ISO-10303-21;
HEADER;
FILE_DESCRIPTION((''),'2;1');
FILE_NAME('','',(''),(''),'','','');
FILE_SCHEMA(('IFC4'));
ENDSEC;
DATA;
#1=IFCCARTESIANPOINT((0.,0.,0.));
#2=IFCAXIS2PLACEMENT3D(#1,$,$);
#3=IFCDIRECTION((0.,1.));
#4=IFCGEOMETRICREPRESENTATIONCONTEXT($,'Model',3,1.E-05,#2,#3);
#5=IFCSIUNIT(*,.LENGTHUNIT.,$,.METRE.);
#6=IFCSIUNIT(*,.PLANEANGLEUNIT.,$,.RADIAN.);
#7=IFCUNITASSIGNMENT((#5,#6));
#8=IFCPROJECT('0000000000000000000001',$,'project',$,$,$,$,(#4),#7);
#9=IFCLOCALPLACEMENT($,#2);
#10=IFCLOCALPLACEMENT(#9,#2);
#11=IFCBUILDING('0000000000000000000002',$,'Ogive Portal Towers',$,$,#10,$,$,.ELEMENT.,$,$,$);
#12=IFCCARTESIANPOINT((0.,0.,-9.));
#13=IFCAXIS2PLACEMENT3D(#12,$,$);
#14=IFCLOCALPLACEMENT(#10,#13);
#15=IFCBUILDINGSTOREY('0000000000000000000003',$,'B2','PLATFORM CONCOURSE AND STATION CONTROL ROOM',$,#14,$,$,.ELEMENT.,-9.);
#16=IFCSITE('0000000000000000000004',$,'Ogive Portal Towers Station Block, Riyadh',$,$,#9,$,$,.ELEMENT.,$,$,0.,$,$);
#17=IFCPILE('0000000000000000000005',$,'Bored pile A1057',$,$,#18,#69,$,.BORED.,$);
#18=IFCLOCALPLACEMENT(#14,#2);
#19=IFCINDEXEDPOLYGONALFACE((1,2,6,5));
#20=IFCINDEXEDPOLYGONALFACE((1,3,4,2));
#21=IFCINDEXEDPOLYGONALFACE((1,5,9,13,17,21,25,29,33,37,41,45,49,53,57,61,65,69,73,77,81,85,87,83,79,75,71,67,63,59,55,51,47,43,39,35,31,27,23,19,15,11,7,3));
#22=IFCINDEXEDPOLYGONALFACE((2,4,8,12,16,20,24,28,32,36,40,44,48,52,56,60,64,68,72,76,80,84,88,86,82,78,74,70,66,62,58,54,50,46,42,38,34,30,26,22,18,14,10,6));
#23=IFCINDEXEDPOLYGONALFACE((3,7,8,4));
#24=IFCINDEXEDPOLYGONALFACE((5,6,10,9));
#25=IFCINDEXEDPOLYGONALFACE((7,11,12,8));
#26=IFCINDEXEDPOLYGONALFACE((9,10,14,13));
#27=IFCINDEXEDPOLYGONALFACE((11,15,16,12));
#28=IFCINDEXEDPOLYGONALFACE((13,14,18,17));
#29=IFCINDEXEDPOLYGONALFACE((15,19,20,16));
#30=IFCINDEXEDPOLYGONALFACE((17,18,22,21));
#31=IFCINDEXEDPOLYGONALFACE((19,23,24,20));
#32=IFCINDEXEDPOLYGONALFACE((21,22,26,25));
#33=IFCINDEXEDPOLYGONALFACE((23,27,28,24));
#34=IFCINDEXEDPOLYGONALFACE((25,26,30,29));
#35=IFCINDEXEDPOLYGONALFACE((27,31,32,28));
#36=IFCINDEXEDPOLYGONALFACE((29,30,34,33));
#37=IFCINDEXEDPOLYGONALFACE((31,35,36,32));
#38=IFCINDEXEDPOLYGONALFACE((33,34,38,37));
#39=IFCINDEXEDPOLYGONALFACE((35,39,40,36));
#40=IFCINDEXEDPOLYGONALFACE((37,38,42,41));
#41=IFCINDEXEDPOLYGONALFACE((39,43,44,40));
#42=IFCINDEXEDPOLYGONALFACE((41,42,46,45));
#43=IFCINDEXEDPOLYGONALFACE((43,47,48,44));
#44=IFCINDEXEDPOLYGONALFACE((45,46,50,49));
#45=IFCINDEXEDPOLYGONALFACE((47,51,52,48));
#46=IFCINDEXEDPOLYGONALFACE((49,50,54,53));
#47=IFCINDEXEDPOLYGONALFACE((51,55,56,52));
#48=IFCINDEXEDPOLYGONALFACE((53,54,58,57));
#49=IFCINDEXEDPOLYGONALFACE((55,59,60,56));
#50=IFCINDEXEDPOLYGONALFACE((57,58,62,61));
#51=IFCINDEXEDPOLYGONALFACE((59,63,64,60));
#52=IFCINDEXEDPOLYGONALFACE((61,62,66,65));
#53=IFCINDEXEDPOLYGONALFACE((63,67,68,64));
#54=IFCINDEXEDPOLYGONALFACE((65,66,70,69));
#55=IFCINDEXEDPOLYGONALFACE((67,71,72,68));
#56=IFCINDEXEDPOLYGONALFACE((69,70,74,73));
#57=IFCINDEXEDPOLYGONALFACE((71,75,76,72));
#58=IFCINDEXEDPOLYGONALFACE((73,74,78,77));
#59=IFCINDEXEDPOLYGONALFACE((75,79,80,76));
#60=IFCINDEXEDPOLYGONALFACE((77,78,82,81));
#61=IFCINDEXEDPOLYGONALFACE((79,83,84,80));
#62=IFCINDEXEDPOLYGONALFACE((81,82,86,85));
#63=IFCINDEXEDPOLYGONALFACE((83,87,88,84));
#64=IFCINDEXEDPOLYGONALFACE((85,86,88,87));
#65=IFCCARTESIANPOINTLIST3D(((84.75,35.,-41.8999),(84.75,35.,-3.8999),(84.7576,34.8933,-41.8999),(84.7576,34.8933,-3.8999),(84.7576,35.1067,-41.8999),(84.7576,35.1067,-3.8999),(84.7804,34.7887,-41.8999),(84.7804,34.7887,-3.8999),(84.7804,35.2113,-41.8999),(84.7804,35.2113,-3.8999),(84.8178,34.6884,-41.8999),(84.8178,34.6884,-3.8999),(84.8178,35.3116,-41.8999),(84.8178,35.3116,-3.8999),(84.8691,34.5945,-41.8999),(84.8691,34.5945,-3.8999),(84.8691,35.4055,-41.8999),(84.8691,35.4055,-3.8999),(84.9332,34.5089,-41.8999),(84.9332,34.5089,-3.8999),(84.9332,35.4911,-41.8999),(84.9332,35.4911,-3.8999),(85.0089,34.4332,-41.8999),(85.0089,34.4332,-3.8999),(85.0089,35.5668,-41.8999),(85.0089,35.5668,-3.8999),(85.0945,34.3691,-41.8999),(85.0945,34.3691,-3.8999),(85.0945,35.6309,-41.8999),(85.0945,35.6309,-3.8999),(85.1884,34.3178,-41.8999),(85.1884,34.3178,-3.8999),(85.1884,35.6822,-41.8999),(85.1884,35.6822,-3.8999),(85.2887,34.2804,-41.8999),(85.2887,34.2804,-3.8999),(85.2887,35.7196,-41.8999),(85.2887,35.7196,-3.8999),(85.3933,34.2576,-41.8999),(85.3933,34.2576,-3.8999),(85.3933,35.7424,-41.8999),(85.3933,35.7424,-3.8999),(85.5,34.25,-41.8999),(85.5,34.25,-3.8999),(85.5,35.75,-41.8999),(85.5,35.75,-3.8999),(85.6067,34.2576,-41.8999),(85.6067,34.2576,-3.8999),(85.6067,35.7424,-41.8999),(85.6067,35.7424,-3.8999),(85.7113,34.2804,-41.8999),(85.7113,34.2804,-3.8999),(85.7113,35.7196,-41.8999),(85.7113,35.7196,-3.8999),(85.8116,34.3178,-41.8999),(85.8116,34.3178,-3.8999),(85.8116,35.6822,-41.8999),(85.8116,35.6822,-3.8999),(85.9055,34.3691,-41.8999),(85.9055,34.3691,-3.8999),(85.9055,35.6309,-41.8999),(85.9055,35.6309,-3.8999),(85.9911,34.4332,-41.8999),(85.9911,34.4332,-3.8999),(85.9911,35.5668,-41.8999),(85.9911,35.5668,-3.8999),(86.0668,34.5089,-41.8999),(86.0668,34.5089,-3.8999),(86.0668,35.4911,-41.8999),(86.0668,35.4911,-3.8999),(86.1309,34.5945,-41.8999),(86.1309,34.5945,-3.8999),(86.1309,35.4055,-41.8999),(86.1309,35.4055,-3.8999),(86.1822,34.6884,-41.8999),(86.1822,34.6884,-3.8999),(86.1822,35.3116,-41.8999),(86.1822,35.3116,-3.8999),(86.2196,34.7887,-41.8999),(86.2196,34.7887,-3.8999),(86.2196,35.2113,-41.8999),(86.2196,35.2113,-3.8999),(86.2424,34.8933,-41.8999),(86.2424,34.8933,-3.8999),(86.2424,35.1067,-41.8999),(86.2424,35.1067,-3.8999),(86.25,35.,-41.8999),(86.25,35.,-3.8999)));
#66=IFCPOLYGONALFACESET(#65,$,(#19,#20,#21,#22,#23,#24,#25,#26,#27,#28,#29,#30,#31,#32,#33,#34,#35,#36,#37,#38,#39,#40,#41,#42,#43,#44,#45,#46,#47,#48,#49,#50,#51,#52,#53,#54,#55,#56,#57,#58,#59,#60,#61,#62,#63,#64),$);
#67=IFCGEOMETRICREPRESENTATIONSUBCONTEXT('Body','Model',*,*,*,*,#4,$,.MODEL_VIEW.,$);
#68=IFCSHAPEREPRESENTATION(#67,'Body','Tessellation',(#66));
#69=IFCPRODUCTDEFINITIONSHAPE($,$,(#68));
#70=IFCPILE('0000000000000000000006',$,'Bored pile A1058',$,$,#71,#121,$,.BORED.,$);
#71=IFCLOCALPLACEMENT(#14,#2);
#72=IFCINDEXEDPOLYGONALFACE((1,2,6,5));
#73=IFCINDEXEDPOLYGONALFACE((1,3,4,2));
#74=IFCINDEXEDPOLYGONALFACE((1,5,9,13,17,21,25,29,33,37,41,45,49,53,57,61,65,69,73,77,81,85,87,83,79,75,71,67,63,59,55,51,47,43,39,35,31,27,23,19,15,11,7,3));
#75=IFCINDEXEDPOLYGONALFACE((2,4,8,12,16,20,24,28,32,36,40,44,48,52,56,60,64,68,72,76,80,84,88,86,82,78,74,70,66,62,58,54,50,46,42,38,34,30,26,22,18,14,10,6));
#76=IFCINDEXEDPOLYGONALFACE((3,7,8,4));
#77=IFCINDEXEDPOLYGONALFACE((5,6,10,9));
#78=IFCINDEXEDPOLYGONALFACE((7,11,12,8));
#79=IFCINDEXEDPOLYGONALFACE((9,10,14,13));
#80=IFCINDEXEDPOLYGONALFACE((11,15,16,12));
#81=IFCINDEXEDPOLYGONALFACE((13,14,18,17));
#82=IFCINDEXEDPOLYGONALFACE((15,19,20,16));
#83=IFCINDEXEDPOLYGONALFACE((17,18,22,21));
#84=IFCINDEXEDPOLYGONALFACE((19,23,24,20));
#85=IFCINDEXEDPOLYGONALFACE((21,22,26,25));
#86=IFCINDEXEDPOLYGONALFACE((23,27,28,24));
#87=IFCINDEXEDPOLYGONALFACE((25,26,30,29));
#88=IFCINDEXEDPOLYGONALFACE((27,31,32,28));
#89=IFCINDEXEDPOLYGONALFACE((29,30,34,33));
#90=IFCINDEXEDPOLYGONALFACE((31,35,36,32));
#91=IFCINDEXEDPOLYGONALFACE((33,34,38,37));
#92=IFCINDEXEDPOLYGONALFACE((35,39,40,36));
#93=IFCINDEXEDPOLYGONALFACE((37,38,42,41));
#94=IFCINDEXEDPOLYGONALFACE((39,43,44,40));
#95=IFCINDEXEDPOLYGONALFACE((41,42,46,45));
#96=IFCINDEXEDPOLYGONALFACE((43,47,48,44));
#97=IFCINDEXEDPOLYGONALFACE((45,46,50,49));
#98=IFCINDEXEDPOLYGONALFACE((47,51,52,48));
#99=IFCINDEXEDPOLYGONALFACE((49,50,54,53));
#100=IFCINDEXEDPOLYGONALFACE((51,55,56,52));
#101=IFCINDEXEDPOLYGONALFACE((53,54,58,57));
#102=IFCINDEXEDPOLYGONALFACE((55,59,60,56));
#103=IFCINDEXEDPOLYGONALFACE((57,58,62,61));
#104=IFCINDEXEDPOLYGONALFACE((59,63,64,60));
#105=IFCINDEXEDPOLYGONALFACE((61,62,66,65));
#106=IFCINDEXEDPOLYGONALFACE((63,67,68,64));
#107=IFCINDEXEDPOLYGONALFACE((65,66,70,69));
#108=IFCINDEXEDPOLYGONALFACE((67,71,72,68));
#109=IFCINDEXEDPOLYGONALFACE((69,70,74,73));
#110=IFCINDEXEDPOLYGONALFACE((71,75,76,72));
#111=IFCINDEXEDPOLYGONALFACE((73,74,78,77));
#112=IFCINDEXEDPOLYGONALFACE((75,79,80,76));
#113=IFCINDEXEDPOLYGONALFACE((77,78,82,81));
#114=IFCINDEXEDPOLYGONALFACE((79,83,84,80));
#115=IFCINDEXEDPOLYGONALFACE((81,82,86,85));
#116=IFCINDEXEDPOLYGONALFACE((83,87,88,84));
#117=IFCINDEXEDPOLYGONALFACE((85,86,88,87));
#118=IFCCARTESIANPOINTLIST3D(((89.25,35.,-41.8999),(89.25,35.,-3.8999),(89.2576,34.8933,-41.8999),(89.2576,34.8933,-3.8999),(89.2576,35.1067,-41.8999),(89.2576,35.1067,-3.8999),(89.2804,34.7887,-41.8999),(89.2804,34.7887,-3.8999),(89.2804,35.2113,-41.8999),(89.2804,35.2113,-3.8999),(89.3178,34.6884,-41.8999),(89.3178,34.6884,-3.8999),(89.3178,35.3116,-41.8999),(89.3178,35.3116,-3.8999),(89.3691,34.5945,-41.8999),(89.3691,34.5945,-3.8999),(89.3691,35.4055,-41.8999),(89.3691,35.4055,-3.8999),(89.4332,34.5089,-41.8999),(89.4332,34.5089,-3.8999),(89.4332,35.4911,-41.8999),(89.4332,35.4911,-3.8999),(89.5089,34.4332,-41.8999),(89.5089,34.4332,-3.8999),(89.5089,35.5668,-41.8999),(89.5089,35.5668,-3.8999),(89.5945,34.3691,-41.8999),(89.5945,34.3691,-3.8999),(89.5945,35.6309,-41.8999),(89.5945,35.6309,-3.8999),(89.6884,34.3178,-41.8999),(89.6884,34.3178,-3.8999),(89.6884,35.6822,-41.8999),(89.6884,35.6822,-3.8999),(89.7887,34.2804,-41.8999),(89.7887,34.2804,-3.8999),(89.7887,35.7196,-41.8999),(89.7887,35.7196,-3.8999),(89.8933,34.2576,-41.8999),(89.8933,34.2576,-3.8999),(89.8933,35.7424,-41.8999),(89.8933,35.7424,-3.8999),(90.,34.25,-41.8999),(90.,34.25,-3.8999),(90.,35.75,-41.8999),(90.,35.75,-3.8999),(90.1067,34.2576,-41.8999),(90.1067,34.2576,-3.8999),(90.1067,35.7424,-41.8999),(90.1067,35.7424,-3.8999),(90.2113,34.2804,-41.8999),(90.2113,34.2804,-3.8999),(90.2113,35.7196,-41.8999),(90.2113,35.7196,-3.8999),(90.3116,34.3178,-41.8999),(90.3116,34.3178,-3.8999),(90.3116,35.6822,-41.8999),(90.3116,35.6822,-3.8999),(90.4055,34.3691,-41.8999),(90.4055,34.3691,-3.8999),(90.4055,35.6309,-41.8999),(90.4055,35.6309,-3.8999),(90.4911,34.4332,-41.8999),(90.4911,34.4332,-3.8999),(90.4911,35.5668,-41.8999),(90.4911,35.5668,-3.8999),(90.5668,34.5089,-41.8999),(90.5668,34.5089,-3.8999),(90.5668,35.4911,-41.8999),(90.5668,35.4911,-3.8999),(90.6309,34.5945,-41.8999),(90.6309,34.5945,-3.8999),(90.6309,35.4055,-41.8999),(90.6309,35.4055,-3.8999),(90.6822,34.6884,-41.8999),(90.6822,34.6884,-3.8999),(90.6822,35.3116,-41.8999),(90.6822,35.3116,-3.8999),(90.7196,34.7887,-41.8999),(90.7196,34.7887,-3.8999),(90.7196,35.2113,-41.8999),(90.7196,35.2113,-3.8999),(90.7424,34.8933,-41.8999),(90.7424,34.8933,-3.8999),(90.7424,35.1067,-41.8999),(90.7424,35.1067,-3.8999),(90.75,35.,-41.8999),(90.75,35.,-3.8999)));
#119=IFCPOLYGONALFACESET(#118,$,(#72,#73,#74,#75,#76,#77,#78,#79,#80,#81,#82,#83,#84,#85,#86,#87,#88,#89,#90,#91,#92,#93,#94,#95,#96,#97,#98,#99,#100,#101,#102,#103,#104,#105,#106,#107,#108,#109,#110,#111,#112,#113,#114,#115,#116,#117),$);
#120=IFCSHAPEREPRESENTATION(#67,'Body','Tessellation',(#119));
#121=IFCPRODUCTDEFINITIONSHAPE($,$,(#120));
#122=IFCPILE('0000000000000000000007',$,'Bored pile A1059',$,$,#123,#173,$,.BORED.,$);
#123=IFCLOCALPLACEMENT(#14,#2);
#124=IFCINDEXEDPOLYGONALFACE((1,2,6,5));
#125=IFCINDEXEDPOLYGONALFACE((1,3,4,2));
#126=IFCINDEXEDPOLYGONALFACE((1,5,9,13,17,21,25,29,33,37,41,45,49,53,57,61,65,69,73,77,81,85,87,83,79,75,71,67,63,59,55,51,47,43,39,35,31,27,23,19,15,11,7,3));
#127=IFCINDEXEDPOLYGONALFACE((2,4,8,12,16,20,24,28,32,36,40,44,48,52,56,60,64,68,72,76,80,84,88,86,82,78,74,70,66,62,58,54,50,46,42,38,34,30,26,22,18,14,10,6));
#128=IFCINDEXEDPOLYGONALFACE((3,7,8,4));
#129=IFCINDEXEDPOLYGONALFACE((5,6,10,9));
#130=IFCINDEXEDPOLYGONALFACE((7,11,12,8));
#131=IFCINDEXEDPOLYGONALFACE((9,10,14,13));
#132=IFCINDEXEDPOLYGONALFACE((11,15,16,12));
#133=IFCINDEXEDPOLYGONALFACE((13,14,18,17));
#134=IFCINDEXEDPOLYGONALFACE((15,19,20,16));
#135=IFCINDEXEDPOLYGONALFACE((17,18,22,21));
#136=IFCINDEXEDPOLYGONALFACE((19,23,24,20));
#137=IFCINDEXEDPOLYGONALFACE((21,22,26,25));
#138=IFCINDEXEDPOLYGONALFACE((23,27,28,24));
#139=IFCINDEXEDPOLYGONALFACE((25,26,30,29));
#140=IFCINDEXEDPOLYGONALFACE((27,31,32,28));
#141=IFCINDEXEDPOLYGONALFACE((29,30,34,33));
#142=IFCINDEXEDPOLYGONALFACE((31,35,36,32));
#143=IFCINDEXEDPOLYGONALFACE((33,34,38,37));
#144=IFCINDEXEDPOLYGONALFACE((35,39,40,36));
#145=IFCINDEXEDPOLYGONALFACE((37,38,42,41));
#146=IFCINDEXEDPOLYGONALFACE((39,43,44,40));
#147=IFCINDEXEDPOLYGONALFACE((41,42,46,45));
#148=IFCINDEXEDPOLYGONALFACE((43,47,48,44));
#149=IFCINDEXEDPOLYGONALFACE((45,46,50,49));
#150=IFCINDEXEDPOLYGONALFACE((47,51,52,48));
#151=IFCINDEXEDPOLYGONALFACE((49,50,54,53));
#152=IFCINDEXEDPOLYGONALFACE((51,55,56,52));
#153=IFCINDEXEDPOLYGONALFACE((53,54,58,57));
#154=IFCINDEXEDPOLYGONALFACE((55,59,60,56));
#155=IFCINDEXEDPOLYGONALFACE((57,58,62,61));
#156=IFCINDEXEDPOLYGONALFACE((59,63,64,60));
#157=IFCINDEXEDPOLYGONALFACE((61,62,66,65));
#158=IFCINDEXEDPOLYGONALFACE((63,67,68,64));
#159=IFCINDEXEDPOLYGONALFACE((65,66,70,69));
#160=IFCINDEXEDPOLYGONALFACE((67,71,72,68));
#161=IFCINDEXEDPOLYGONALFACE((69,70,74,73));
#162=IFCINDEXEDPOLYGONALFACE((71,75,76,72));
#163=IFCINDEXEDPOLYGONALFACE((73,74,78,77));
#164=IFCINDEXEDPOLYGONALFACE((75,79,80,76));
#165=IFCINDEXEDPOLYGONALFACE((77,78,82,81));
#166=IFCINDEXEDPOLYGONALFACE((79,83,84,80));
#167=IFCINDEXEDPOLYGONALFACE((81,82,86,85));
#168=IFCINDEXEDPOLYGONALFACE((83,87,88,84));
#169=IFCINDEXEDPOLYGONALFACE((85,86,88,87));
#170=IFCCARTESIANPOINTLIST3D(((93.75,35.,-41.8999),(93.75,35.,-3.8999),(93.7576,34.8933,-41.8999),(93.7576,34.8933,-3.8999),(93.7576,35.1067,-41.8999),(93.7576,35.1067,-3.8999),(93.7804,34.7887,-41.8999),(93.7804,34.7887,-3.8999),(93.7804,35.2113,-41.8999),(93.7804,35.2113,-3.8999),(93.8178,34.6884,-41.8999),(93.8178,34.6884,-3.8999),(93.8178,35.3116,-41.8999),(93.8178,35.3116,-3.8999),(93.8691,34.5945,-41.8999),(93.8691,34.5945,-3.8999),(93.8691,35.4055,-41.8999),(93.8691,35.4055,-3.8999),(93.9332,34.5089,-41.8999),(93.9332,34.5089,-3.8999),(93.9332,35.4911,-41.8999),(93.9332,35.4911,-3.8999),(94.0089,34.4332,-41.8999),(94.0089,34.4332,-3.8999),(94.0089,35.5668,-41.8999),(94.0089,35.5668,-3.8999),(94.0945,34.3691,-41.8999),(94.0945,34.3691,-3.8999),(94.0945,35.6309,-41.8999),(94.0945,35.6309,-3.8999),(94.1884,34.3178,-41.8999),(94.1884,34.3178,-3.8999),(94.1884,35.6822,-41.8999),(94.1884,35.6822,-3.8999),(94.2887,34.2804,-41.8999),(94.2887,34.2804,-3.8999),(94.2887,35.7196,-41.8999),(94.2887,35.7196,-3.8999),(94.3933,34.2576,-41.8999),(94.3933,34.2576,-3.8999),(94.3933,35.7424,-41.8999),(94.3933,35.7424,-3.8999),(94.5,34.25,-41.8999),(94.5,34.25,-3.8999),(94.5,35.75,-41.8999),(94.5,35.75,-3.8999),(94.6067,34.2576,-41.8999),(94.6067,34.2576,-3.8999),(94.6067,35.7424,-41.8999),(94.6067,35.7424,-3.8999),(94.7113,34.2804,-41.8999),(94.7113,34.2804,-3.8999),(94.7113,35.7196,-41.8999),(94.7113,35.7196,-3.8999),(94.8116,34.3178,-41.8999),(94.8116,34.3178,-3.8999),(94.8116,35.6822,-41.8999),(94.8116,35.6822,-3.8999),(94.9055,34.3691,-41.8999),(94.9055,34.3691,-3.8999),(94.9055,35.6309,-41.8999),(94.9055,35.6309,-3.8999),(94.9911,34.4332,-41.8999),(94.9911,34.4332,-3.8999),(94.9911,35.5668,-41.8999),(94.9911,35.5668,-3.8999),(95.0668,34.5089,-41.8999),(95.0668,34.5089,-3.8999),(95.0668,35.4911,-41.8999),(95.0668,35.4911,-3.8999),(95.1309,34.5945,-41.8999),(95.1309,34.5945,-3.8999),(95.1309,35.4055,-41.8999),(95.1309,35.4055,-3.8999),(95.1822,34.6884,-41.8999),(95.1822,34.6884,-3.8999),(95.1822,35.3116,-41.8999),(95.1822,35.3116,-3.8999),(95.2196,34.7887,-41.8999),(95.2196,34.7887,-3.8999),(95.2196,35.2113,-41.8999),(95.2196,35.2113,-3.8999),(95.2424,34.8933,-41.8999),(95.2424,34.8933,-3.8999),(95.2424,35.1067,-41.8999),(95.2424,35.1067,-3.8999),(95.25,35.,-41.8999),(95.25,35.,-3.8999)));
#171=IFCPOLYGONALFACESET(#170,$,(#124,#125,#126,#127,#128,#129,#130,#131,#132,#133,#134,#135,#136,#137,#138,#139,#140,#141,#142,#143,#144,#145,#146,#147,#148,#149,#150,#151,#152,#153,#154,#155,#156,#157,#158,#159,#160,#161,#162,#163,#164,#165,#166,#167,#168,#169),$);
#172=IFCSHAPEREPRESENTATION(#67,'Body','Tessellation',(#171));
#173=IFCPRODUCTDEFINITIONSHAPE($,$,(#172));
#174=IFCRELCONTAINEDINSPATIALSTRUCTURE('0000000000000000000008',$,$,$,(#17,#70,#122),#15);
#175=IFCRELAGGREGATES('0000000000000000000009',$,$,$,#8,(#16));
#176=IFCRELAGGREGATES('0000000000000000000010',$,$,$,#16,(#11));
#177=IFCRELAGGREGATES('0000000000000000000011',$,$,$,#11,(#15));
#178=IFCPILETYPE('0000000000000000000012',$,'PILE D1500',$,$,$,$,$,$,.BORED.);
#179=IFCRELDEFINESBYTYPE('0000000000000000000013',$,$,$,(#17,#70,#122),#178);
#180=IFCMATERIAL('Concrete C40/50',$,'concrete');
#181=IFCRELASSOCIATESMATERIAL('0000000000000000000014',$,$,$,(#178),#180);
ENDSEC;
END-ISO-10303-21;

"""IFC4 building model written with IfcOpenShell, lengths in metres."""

from ifc_helpers import new_model, si_unit, direction, frame, origin, origin_2d, place, context, subcontext, project, spatial, circle, extrude, material, material_profile, profile_set, type_object, element, save


model = new_model("IFC4")

# Units and contexts
model_context = context("Model", 3, precision=1e-05, world=origin(), true_north=direction((0.0, 1.0)))
body_context = subcontext(model_context, "Body", "Model", "MODEL_VIEW")
ifc_project = project(units=[si_unit("LENGTHUNIT", "METRE"), si_unit("PLANEANGLEUNIT", "RADIAN")], contexts=[model_context])

# Site, building, storey
site_placement = place(None, origin())
site = spatial("IfcSite", under=ifc_project, at=site_placement, Name="Ogive Portal Towers Station Block, Riyadh", CompositionType="ELEMENT", RefElevation=0.0)
building_placement = place(site_placement, origin())
building = spatial("IfcBuilding", under=site, at=building_placement, Name="Ogive Portal Towers", CompositionType="ELEMENT")
storey_placement = place(building_placement, frame((0.0, 0.0, -9.0)))
storey = spatial("IfcBuildingStorey", under=building, at=storey_placement, Name="B2", Description="PLATFORM CONCOURSE AND STATION CONTROL ROOM", CompositionType="ELEMENT", Elevation=-9.0)

# Piles
ifc_material_1 = material(Name="Concrete C40/50", Category="concrete")
ifc_material_profile_1 = material_profile(ifc_material_1, circle(Radius=0.75, at=origin_2d()), Name="PILE D1500")
ifc_profile_set_1 = profile_set([ifc_material_profile_1], Name="Concrete C40/50")
pile_type = type_object("IfcPileType", Name="PILE D1500", PredefinedType="BORED", material=ifc_profile_set_1)
for number, where, z_axis, x_axis, name in (
    (1, (85.5, 35.0, -3.8999), (0.0, 0.0, -1.0), (1.0, 0.0, 0.0), "Bored pile A1057"),
    (2, (90.0, 35.0, -3.8999), (0.0, 0.0, -1.0), (1.0, 0.0, 0.0), "Bored pile A1058"),
    (3, (94.5, 35.0, -3.8999), (0.0, 0.0, -1.0), (1.0, 0.0, 0.0), "Bored pile A1059"),
):
    element("IfcPile", number, at=place(storey_placement, frame(where, z_axis=z_axis, x_axis=x_axis)), inside=storey, type_object=pile_type, Name=name, PredefinedType="BORED", context=body_context, shape_type="SweptSolid", body=[
        extrude(circle(Radius=0.75, at=origin_2d()), origin(), (0.0, 0.0, 1.0), 38.0),
    ])

save(model, "model.ifc")
